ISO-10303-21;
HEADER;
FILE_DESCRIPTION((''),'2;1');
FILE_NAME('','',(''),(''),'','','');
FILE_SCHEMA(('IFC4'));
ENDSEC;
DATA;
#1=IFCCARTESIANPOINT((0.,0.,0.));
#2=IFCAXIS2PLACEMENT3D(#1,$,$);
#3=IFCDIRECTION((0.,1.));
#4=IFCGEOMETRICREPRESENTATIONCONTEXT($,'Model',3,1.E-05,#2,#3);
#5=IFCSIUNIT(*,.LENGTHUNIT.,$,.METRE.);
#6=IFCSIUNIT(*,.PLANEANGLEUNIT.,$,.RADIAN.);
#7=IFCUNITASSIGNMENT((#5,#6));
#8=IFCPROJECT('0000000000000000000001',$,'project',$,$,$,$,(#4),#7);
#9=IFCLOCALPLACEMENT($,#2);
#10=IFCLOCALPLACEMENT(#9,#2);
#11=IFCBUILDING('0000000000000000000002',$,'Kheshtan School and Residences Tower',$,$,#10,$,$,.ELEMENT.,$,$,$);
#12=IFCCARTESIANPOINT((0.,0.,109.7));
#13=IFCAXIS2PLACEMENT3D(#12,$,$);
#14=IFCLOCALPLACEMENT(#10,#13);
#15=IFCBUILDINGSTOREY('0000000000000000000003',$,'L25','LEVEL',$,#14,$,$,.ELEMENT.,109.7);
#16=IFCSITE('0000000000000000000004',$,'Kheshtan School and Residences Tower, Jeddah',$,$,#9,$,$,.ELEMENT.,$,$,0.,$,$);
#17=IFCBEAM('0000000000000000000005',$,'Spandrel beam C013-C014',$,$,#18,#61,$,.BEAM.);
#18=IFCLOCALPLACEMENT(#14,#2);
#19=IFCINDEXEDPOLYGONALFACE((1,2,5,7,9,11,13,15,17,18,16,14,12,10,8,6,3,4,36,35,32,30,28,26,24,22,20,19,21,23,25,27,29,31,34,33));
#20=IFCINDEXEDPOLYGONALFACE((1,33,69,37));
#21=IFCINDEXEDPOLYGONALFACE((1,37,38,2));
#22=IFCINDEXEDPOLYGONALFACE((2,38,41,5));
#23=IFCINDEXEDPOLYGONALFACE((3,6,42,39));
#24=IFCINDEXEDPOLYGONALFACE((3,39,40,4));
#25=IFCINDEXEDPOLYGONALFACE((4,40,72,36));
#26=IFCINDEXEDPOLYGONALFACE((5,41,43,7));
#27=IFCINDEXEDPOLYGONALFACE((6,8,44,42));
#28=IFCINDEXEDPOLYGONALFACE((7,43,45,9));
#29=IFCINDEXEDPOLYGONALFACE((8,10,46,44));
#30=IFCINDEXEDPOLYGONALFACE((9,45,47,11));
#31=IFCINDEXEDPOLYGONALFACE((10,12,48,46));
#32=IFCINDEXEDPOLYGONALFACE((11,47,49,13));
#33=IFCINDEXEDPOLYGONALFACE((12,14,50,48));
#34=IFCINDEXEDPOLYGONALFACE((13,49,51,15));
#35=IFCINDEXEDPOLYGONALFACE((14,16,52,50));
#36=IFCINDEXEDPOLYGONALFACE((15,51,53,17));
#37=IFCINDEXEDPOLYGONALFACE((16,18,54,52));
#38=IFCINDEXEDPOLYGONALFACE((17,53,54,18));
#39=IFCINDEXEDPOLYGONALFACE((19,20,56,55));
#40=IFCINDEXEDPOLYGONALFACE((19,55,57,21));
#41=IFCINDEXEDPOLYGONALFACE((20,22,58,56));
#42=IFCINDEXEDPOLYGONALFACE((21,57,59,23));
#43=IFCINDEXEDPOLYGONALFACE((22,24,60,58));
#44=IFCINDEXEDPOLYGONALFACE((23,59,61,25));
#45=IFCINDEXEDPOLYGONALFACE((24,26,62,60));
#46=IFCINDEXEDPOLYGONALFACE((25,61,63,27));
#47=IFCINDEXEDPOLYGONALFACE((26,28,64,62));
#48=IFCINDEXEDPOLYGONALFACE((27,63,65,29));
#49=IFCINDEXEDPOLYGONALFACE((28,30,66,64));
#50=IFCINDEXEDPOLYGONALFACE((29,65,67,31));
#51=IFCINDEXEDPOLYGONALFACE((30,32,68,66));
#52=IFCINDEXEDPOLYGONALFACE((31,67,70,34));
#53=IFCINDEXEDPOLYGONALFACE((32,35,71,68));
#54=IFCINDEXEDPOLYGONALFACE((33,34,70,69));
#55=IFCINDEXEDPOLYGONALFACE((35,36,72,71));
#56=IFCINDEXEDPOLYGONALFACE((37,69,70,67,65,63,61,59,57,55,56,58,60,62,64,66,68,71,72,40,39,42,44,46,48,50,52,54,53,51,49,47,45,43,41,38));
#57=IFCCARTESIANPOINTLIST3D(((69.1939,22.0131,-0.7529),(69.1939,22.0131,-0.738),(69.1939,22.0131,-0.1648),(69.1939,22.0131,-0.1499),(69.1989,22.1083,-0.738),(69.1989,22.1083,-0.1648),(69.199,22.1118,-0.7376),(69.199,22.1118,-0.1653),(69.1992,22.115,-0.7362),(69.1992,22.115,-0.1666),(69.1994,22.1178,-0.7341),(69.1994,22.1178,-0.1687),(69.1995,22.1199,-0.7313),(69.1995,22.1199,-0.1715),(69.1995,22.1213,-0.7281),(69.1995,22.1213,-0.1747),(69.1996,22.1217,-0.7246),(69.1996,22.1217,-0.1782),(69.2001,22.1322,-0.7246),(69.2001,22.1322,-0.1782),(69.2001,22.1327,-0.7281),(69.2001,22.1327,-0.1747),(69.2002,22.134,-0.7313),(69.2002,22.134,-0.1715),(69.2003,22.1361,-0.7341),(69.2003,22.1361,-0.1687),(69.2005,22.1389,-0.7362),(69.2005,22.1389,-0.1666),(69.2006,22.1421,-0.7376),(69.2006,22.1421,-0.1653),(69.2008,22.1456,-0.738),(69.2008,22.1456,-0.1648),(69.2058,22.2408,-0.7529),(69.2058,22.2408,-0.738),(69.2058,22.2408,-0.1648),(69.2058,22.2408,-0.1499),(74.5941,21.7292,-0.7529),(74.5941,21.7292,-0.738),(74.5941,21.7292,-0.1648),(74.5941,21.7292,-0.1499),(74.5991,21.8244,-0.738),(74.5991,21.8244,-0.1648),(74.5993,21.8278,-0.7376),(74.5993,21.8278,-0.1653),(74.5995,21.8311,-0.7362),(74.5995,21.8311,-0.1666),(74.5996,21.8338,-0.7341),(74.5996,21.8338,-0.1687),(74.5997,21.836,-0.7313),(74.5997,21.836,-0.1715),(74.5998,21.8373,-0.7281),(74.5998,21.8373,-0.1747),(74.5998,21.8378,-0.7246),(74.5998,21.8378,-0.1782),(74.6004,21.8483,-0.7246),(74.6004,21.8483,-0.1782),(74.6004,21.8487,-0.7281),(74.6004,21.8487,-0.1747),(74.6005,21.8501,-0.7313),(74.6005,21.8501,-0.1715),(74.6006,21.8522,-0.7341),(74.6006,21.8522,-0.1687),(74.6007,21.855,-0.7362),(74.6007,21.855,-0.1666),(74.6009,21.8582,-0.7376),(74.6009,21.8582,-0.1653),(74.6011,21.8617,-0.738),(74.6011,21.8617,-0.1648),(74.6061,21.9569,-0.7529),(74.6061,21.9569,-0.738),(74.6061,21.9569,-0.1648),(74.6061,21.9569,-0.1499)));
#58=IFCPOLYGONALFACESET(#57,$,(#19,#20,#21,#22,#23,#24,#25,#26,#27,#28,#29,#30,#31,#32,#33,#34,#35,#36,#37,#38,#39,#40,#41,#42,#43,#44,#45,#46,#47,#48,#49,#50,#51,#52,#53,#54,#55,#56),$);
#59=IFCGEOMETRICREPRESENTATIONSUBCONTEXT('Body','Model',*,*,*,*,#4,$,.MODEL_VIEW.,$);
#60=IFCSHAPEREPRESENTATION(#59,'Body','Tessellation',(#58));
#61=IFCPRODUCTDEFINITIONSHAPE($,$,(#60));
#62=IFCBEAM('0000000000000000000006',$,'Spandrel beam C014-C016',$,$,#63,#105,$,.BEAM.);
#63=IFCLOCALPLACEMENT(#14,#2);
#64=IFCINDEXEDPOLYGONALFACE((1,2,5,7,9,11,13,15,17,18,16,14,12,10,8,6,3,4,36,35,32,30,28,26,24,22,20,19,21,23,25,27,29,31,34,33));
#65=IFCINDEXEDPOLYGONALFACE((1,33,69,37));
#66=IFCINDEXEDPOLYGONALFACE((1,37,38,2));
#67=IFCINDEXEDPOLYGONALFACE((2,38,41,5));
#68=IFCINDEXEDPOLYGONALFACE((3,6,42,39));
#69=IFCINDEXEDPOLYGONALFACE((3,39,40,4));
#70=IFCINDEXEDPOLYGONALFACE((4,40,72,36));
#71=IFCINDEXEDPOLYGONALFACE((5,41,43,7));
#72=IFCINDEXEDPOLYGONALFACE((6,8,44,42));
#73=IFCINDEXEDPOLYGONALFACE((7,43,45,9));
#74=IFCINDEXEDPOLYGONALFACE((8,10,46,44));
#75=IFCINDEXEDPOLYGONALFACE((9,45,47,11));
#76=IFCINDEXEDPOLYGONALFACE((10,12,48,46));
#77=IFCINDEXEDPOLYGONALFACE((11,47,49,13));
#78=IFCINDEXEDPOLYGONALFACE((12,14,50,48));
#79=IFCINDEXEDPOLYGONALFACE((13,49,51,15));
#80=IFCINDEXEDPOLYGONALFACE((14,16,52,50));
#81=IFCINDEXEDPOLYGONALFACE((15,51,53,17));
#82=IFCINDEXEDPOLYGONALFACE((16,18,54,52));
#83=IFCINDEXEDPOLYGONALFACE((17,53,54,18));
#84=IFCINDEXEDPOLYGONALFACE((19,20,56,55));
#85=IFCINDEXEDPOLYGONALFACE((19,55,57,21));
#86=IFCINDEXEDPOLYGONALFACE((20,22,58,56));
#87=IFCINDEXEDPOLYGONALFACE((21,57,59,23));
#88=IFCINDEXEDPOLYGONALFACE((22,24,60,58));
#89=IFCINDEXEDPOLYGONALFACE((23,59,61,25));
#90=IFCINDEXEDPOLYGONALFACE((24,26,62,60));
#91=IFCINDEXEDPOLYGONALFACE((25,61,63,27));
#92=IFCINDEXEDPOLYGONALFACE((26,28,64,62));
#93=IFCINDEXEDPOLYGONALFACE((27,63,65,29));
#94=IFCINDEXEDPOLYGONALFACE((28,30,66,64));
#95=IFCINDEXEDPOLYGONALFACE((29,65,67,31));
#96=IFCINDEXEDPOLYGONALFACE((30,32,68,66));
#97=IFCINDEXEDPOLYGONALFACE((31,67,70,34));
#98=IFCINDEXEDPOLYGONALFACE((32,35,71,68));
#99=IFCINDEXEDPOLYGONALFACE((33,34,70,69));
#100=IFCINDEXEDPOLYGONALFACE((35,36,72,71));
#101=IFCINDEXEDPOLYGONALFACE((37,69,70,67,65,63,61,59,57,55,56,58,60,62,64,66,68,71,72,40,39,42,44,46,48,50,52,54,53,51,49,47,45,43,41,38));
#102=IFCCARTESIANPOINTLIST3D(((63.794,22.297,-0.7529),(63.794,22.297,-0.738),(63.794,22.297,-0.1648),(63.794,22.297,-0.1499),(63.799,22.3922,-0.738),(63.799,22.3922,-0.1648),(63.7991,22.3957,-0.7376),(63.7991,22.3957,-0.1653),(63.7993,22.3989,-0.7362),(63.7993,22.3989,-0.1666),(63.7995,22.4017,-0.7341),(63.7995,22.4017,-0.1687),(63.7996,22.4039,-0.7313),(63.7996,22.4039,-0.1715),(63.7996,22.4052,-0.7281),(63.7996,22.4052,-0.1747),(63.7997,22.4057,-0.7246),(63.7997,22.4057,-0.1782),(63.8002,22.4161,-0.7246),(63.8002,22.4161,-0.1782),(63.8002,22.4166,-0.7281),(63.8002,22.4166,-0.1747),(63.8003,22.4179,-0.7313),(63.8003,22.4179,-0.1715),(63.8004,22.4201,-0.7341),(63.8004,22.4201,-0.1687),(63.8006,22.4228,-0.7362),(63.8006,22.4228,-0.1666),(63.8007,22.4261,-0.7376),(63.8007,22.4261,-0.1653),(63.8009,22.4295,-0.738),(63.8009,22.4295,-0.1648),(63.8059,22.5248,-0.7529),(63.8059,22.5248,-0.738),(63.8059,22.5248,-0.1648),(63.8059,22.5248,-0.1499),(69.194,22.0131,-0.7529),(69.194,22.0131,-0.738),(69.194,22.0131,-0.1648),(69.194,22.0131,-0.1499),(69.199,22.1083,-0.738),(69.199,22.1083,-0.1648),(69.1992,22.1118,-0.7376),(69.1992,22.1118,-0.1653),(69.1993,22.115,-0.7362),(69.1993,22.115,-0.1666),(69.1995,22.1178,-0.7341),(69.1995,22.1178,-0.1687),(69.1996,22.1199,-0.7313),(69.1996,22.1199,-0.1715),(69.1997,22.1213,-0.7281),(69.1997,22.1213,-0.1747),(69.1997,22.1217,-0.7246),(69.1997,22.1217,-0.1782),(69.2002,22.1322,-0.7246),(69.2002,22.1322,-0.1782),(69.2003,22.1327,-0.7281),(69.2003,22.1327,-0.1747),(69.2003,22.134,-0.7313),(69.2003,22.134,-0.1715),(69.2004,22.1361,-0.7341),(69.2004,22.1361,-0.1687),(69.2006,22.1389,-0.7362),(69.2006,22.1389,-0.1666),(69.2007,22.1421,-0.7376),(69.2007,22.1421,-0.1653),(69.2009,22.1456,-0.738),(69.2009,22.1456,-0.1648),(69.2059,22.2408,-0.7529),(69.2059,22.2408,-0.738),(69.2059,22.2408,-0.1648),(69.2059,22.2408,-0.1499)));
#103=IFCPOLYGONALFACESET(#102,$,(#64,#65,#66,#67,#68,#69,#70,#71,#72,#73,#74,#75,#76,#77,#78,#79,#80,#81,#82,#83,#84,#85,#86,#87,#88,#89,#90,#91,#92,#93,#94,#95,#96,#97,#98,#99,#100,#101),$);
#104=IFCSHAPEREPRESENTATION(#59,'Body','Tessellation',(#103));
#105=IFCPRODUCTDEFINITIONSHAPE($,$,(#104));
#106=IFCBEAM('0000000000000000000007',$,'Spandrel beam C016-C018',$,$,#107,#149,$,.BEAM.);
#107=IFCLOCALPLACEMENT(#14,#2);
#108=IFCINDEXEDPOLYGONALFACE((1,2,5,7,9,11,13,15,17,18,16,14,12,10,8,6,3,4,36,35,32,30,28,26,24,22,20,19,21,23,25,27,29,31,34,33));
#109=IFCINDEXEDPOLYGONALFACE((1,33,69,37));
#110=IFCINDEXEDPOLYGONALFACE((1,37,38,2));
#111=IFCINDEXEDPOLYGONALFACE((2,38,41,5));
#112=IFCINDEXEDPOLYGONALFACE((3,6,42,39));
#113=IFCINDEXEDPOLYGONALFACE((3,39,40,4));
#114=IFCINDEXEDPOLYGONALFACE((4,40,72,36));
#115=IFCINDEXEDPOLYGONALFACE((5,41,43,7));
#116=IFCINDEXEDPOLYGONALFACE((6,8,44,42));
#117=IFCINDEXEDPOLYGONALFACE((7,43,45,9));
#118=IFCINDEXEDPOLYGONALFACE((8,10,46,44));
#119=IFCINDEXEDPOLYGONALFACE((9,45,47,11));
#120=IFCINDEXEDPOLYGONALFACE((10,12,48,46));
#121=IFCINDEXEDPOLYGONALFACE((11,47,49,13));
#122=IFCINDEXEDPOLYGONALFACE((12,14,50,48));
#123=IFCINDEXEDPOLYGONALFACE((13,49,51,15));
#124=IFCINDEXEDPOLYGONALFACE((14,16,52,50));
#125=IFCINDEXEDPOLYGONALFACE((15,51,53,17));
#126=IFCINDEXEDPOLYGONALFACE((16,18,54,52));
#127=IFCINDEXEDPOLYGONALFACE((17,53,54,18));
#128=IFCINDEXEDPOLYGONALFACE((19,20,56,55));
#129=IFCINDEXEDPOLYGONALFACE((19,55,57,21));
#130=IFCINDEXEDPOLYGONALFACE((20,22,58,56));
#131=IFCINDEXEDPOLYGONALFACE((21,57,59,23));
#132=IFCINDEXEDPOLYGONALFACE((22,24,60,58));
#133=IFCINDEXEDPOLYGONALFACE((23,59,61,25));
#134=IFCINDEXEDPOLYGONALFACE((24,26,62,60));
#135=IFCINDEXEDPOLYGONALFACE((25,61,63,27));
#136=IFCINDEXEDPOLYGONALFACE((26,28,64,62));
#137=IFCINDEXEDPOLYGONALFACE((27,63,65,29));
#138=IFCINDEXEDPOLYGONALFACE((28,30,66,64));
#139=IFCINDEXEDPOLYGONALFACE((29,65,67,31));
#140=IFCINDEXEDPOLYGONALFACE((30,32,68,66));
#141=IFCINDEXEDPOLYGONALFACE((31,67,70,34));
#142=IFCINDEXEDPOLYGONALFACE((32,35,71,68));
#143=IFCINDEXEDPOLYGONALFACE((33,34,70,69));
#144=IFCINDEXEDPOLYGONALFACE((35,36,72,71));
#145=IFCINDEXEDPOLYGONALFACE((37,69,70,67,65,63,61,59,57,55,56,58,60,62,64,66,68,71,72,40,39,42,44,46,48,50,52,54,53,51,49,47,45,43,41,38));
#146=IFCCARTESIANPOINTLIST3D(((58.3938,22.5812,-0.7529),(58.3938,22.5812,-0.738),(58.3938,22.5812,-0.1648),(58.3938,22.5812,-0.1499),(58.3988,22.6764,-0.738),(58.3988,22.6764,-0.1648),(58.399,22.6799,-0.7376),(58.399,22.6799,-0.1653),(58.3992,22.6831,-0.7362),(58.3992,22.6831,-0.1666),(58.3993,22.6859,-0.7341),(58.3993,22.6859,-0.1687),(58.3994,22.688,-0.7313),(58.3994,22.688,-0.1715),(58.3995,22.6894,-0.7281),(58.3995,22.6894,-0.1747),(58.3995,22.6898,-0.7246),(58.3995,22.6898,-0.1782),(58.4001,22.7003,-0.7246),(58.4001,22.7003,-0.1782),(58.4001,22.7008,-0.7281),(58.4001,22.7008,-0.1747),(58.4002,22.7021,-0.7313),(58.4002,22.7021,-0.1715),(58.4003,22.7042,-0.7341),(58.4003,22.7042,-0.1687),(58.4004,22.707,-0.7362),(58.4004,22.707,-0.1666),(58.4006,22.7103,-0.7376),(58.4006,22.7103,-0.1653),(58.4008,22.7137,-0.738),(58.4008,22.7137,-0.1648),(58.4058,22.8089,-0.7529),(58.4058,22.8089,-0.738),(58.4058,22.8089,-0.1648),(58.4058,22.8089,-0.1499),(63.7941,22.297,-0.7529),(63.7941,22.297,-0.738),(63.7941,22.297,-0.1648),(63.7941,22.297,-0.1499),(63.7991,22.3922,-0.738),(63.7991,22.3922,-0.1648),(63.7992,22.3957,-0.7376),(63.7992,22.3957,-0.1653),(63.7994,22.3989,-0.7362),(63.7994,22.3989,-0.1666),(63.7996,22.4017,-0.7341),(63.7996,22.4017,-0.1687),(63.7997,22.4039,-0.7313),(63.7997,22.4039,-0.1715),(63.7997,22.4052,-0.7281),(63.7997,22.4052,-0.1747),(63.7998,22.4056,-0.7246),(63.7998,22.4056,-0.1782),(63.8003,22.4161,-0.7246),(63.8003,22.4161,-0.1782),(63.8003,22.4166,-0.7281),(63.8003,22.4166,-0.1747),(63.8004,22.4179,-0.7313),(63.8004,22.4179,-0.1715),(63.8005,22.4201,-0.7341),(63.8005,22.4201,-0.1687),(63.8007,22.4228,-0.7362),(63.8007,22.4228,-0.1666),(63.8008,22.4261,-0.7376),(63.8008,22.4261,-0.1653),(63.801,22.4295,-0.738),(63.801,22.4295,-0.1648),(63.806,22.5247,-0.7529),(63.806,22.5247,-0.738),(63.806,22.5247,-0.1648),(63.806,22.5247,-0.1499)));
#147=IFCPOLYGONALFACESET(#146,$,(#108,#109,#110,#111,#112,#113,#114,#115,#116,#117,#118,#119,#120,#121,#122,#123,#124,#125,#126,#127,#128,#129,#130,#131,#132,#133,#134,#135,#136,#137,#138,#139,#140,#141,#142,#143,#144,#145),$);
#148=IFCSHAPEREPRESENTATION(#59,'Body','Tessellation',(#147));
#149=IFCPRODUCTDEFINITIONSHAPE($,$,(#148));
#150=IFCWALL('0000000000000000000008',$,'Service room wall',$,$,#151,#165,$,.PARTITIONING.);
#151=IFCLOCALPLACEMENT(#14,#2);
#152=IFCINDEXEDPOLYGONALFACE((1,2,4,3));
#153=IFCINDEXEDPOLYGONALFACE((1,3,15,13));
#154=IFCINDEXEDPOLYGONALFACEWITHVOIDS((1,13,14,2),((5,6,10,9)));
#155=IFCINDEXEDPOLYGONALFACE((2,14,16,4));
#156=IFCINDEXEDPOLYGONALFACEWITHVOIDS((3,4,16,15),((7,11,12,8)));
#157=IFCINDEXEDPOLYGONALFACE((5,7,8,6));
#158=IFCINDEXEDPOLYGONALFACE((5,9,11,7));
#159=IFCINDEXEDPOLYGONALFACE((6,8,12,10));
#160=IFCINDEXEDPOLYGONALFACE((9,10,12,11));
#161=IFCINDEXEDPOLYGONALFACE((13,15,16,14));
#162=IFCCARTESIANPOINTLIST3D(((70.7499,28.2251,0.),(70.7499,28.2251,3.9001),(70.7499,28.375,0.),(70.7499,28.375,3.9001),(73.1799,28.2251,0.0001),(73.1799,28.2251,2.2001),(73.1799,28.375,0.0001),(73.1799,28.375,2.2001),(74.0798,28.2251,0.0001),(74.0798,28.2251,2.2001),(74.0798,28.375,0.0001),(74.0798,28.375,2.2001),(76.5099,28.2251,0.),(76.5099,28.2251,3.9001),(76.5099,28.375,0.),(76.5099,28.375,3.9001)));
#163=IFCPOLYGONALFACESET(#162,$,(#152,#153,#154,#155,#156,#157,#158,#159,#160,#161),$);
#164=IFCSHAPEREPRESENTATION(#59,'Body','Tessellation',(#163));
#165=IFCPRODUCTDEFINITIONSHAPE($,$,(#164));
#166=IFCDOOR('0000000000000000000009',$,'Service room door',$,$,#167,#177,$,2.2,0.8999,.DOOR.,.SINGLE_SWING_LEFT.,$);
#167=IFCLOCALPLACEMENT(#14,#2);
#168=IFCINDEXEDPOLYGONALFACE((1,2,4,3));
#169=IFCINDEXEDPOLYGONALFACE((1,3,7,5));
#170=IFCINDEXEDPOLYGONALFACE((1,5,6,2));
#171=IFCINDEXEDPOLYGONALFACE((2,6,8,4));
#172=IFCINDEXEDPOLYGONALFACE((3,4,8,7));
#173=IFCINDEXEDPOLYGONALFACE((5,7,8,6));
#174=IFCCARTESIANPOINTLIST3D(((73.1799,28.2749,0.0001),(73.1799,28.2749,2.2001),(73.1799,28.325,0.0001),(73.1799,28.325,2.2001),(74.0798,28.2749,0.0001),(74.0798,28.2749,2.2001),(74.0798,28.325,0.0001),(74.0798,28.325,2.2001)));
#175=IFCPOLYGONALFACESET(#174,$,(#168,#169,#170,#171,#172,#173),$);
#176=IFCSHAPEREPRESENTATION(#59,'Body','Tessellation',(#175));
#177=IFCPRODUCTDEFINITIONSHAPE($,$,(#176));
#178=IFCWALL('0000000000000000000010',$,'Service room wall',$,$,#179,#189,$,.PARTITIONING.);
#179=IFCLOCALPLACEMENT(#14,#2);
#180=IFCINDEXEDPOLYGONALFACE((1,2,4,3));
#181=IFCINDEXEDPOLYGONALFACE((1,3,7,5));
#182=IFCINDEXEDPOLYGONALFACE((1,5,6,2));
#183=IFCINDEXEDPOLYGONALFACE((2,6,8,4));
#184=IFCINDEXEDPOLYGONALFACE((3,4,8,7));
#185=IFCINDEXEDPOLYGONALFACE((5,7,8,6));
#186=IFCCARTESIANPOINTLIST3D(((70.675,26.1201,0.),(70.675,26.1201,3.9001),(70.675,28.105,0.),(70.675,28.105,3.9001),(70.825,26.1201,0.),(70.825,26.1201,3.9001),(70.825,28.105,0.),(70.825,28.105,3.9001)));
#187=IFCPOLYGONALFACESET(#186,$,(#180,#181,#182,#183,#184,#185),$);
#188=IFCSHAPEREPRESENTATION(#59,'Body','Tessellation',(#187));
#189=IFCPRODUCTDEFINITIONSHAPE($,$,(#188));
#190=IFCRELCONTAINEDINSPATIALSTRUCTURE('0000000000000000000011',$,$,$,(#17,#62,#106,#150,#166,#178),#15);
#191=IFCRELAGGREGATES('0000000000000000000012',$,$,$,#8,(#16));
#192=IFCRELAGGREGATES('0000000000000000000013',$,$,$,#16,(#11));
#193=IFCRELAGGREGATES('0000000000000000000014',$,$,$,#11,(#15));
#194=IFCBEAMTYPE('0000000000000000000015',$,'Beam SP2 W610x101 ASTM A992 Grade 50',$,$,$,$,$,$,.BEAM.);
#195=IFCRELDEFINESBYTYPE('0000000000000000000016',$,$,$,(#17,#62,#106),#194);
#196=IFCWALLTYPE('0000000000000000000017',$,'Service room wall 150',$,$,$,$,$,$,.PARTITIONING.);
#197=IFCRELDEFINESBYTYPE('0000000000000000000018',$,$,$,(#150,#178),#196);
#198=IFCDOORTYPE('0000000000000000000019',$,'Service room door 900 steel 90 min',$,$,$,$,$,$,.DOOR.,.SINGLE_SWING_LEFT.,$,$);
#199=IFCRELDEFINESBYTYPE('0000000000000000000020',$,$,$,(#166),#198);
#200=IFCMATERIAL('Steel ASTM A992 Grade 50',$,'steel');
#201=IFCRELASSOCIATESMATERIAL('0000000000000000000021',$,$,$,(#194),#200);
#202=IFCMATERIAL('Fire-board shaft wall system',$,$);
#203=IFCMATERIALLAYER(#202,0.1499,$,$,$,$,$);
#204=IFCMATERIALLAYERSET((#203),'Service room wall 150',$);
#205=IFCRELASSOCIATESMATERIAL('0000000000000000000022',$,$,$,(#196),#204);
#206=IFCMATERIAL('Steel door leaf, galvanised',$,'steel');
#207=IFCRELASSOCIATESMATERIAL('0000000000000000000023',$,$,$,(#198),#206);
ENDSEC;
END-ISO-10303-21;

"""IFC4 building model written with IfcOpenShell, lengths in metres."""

from ifc_helpers import new_model, si_unit, direction, frame, frame_2d, origin, origin_2d, place, context, subcontext, project, spatial, rectangle, i_section, extrude, source, transform, mapped, material, layer, layer_set, material_profile, profile_set, type_object, element, fill, save


model = new_model("IFC4")

# Units and contexts
model_context = context("Model", 3, precision=1e-05, world=origin(), true_north=direction((0.0, 1.0)))
body_context = subcontext(model_context, "Body", "Model", "MODEL_VIEW")
ifc_project = project(units=[si_unit("LENGTHUNIT", "METRE"), si_unit("PLANEANGLEUNIT", "RADIAN")], contexts=[model_context])

# Site, building, storey
site_placement = place(None, origin())
site = spatial("IfcSite", under=ifc_project, at=site_placement, Name="Kheshtan School and Residences Tower, Jeddah", CompositionType="ELEMENT", RefElevation=0.0)
building_placement = place(site_placement, origin())
building = spatial("IfcBuilding", under=site, at=building_placement, Name="Kheshtan School and Residences Tower", CompositionType="ELEMENT")
storey_placement = place(building_placement, frame((0.0, 0.0, 109.7)))
storey = spatial("IfcBuildingStorey", under=building, at=storey_placement, Name="L25", Description="LEVEL", CompositionType="ELEMENT", Elevation=109.7)

# Shared definitions
ifc_material_1 = material(Name="Steel ASTM A992 Grade 50", Category="steel")

# Beams
ifc_material_profile_1 = material_profile(ifc_material_1, i_section(OverallWidth=0.228, OverallDepth=0.603, WebThickness=0.0105, FlangeThickness=0.0149, FilletRadius=0.0134, at=origin_2d()), Name="W610x101")
ifc_profile_set_1 = profile_set([ifc_material_profile_1], Name="Steel ASTM A992 Grade 50")
beam_type_1 = type_object("IfcBeamType", Name="Beam SP2 W610x101 ASTM A992 Grade 50", PredefinedType="BEAM", material=ifc_profile_set_1)
beam_1_placement = place(storey_placement, frame((74.6001, 21.843, -0.4514), z_axis=(-0.998621, 0.052507, 0.0), x_axis=(-0.052507, -0.998621, 0.0)))
element("IfcBeam", 1, at=beam_1_placement, inside=storey, type_object=beam_type_1, Name="Spandrel beam C013-C014", PredefinedType="BEAM", context=body_context, shape_type="SweptSolid", body=[
    extrude(i_section(OverallWidth=0.228, OverallDepth=0.603, WebThickness=0.0105, FlangeThickness=0.0149, FilletRadius=0.0134, at=origin_2d()), origin(), (0.0, 0.0, 1.0), 5.4077),
])
beam_2_placement = place(storey_placement, frame((69.2, 22.127, -0.4514), z_axis=(-0.99862, 0.052509, 0.0), x_axis=(-0.052509, -0.99862, 0.0)))
element("IfcBeam", 2, at=beam_2_placement, inside=storey, type_object=beam_type_1, Name="Spandrel beam C014-C016", PredefinedType="BEAM", context=body_context, shape_type="SweptSolid", body=[
    extrude(i_section(OverallWidth=0.228, OverallDepth=0.603, WebThickness=0.0105, FlangeThickness=0.0149, FilletRadius=0.0134, at=origin_2d()), origin(), (0.0, 0.0, 1.0), 5.4075),
])
beam_3_placement = place(storey_placement, frame((63.8, 22.4109, -0.4514), z_axis=(-0.998618, 0.052552, 0.0), x_axis=(-0.052552, -0.998618, 0.0)))
element("IfcBeam", 3, at=beam_3_placement, inside=storey, type_object=beam_type_1, Name="Spandrel beam C016-C018", PredefinedType="BEAM", context=body_context, shape_type="SweptSolid", body=[
    extrude(i_section(OverallWidth=0.228, OverallDepth=0.603, WebThickness=0.0105, FlangeThickness=0.0149, FilletRadius=0.0134, at=origin_2d()), origin(), (0.0, 0.0, 1.0), 5.4077),
])

# Wall, opening, door
ifc_material_2 = material(Name="Fire-board shaft wall system")
ifc_layer_1 = layer(ifc_material_2, 0.1499)
ifc_layer_set_1 = layer_set([ifc_layer_1], Name="Service room wall 150")
wall_type_1 = type_object("IfcWallType", Name="Service room wall 150", PredefinedType="PARTITIONING", material=ifc_layer_set_1)
wall_1_placement = place(storey_placement, frame((70.75, 28.3, 0.0), z_axis=(0.0, 0.0, 1.0), x_axis=(1.0, 0.0, 0.0)))
wall_1 = element("IfcWall", 4, at=wall_1_placement, inside=storey, type_object=wall_type_1, Name="Service room wall", PredefinedType="PARTITIONING", context=body_context, shape_type="SweptSolid", body=[
    extrude(rectangle(XDim=5.76, YDim=0.1499, at=frame_2d((2.8799, 0.0))), origin(), (0.0, 0.0, 1.0), 3.9001),
])
opening_1_placement = place(wall_1_placement, frame((2.4299, 0.0, 0.0)))
opening_1 = element("IfcOpeningElement", 5, at=opening_1_placement, cuts=wall_1, PredefinedType="OPENING", context=body_context, shape_type="SweptSolid", body=[
    extrude(rectangle(XDim=0.8999, YDim=2.2, at=frame_2d((0.45, 1.1001))), frame((0.0, 0.085, 0.0), z_axis=(0.0, -1.0, 0.0), x_axis=(1.0, 0.0, 0.0)), (0.0, 0.0, 1.0), 0.1699),
])
ifc_material_3 = material(Name="Steel door leaf, galvanised", Category="steel")
door_type_1 = type_object("IfcDoorType", Name="Service room door 900 steel 90 min", OperationType="SINGLE_SWING_LEFT", PredefinedType="DOOR", material=ifc_material_3)
shared_shape_1 = source(origin(), body_context, "Body", "SweptSolid", [
    extrude(rectangle(XDim=0.8999, YDim=2.2, at=frame_2d((0.45, 1.1001))), frame((0.0, 0.0249, 0.0), z_axis=(0.0, -1.0, 0.0), x_axis=(1.0, 0.0, 0.0)), (0.0, 0.0, 1.0), 0.05),
])
door_1_placement = place(opening_1_placement, origin())
door_1 = element("IfcDoor", 6, at=door_1_placement, inside=storey, type_object=door_type_1, Name="Service room door", OperationType="SINGLE_SWING_LEFT", OverallHeight=2.2, OverallWidth=0.8999, PredefinedType="DOOR", context=body_context, shape_type="MappedRepresentation", body=[
    mapped(shared_shape_1, transform((0.0, 0.0, 0.0), x_axis=(1.0, 0.0, 0.0), y_axis=(0.0, 1.0, 0.0), z_axis=(0.0, 0.0, 1.0), scale=1.0)),
])
fill(opening_1, door_1)

# Wall
wall_2_placement = place(storey_placement, frame((70.75, 26.1201, 0.0), z_axis=(0.0, 0.0, 1.0), x_axis=(0.0, 1.0, 0.0)))
element("IfcWall", 7, at=wall_2_placement, inside=storey, type_object=wall_type_1, Name="Service room wall", PredefinedType="PARTITIONING", context=body_context, shape_type="SweptSolid", body=[
    extrude(rectangle(XDim=1.9849, YDim=0.1499, at=frame_2d((0.9924, 0.0))), origin(), (0.0, 0.0, 1.0), 3.9001),
])

save(model, "model.ifc")
